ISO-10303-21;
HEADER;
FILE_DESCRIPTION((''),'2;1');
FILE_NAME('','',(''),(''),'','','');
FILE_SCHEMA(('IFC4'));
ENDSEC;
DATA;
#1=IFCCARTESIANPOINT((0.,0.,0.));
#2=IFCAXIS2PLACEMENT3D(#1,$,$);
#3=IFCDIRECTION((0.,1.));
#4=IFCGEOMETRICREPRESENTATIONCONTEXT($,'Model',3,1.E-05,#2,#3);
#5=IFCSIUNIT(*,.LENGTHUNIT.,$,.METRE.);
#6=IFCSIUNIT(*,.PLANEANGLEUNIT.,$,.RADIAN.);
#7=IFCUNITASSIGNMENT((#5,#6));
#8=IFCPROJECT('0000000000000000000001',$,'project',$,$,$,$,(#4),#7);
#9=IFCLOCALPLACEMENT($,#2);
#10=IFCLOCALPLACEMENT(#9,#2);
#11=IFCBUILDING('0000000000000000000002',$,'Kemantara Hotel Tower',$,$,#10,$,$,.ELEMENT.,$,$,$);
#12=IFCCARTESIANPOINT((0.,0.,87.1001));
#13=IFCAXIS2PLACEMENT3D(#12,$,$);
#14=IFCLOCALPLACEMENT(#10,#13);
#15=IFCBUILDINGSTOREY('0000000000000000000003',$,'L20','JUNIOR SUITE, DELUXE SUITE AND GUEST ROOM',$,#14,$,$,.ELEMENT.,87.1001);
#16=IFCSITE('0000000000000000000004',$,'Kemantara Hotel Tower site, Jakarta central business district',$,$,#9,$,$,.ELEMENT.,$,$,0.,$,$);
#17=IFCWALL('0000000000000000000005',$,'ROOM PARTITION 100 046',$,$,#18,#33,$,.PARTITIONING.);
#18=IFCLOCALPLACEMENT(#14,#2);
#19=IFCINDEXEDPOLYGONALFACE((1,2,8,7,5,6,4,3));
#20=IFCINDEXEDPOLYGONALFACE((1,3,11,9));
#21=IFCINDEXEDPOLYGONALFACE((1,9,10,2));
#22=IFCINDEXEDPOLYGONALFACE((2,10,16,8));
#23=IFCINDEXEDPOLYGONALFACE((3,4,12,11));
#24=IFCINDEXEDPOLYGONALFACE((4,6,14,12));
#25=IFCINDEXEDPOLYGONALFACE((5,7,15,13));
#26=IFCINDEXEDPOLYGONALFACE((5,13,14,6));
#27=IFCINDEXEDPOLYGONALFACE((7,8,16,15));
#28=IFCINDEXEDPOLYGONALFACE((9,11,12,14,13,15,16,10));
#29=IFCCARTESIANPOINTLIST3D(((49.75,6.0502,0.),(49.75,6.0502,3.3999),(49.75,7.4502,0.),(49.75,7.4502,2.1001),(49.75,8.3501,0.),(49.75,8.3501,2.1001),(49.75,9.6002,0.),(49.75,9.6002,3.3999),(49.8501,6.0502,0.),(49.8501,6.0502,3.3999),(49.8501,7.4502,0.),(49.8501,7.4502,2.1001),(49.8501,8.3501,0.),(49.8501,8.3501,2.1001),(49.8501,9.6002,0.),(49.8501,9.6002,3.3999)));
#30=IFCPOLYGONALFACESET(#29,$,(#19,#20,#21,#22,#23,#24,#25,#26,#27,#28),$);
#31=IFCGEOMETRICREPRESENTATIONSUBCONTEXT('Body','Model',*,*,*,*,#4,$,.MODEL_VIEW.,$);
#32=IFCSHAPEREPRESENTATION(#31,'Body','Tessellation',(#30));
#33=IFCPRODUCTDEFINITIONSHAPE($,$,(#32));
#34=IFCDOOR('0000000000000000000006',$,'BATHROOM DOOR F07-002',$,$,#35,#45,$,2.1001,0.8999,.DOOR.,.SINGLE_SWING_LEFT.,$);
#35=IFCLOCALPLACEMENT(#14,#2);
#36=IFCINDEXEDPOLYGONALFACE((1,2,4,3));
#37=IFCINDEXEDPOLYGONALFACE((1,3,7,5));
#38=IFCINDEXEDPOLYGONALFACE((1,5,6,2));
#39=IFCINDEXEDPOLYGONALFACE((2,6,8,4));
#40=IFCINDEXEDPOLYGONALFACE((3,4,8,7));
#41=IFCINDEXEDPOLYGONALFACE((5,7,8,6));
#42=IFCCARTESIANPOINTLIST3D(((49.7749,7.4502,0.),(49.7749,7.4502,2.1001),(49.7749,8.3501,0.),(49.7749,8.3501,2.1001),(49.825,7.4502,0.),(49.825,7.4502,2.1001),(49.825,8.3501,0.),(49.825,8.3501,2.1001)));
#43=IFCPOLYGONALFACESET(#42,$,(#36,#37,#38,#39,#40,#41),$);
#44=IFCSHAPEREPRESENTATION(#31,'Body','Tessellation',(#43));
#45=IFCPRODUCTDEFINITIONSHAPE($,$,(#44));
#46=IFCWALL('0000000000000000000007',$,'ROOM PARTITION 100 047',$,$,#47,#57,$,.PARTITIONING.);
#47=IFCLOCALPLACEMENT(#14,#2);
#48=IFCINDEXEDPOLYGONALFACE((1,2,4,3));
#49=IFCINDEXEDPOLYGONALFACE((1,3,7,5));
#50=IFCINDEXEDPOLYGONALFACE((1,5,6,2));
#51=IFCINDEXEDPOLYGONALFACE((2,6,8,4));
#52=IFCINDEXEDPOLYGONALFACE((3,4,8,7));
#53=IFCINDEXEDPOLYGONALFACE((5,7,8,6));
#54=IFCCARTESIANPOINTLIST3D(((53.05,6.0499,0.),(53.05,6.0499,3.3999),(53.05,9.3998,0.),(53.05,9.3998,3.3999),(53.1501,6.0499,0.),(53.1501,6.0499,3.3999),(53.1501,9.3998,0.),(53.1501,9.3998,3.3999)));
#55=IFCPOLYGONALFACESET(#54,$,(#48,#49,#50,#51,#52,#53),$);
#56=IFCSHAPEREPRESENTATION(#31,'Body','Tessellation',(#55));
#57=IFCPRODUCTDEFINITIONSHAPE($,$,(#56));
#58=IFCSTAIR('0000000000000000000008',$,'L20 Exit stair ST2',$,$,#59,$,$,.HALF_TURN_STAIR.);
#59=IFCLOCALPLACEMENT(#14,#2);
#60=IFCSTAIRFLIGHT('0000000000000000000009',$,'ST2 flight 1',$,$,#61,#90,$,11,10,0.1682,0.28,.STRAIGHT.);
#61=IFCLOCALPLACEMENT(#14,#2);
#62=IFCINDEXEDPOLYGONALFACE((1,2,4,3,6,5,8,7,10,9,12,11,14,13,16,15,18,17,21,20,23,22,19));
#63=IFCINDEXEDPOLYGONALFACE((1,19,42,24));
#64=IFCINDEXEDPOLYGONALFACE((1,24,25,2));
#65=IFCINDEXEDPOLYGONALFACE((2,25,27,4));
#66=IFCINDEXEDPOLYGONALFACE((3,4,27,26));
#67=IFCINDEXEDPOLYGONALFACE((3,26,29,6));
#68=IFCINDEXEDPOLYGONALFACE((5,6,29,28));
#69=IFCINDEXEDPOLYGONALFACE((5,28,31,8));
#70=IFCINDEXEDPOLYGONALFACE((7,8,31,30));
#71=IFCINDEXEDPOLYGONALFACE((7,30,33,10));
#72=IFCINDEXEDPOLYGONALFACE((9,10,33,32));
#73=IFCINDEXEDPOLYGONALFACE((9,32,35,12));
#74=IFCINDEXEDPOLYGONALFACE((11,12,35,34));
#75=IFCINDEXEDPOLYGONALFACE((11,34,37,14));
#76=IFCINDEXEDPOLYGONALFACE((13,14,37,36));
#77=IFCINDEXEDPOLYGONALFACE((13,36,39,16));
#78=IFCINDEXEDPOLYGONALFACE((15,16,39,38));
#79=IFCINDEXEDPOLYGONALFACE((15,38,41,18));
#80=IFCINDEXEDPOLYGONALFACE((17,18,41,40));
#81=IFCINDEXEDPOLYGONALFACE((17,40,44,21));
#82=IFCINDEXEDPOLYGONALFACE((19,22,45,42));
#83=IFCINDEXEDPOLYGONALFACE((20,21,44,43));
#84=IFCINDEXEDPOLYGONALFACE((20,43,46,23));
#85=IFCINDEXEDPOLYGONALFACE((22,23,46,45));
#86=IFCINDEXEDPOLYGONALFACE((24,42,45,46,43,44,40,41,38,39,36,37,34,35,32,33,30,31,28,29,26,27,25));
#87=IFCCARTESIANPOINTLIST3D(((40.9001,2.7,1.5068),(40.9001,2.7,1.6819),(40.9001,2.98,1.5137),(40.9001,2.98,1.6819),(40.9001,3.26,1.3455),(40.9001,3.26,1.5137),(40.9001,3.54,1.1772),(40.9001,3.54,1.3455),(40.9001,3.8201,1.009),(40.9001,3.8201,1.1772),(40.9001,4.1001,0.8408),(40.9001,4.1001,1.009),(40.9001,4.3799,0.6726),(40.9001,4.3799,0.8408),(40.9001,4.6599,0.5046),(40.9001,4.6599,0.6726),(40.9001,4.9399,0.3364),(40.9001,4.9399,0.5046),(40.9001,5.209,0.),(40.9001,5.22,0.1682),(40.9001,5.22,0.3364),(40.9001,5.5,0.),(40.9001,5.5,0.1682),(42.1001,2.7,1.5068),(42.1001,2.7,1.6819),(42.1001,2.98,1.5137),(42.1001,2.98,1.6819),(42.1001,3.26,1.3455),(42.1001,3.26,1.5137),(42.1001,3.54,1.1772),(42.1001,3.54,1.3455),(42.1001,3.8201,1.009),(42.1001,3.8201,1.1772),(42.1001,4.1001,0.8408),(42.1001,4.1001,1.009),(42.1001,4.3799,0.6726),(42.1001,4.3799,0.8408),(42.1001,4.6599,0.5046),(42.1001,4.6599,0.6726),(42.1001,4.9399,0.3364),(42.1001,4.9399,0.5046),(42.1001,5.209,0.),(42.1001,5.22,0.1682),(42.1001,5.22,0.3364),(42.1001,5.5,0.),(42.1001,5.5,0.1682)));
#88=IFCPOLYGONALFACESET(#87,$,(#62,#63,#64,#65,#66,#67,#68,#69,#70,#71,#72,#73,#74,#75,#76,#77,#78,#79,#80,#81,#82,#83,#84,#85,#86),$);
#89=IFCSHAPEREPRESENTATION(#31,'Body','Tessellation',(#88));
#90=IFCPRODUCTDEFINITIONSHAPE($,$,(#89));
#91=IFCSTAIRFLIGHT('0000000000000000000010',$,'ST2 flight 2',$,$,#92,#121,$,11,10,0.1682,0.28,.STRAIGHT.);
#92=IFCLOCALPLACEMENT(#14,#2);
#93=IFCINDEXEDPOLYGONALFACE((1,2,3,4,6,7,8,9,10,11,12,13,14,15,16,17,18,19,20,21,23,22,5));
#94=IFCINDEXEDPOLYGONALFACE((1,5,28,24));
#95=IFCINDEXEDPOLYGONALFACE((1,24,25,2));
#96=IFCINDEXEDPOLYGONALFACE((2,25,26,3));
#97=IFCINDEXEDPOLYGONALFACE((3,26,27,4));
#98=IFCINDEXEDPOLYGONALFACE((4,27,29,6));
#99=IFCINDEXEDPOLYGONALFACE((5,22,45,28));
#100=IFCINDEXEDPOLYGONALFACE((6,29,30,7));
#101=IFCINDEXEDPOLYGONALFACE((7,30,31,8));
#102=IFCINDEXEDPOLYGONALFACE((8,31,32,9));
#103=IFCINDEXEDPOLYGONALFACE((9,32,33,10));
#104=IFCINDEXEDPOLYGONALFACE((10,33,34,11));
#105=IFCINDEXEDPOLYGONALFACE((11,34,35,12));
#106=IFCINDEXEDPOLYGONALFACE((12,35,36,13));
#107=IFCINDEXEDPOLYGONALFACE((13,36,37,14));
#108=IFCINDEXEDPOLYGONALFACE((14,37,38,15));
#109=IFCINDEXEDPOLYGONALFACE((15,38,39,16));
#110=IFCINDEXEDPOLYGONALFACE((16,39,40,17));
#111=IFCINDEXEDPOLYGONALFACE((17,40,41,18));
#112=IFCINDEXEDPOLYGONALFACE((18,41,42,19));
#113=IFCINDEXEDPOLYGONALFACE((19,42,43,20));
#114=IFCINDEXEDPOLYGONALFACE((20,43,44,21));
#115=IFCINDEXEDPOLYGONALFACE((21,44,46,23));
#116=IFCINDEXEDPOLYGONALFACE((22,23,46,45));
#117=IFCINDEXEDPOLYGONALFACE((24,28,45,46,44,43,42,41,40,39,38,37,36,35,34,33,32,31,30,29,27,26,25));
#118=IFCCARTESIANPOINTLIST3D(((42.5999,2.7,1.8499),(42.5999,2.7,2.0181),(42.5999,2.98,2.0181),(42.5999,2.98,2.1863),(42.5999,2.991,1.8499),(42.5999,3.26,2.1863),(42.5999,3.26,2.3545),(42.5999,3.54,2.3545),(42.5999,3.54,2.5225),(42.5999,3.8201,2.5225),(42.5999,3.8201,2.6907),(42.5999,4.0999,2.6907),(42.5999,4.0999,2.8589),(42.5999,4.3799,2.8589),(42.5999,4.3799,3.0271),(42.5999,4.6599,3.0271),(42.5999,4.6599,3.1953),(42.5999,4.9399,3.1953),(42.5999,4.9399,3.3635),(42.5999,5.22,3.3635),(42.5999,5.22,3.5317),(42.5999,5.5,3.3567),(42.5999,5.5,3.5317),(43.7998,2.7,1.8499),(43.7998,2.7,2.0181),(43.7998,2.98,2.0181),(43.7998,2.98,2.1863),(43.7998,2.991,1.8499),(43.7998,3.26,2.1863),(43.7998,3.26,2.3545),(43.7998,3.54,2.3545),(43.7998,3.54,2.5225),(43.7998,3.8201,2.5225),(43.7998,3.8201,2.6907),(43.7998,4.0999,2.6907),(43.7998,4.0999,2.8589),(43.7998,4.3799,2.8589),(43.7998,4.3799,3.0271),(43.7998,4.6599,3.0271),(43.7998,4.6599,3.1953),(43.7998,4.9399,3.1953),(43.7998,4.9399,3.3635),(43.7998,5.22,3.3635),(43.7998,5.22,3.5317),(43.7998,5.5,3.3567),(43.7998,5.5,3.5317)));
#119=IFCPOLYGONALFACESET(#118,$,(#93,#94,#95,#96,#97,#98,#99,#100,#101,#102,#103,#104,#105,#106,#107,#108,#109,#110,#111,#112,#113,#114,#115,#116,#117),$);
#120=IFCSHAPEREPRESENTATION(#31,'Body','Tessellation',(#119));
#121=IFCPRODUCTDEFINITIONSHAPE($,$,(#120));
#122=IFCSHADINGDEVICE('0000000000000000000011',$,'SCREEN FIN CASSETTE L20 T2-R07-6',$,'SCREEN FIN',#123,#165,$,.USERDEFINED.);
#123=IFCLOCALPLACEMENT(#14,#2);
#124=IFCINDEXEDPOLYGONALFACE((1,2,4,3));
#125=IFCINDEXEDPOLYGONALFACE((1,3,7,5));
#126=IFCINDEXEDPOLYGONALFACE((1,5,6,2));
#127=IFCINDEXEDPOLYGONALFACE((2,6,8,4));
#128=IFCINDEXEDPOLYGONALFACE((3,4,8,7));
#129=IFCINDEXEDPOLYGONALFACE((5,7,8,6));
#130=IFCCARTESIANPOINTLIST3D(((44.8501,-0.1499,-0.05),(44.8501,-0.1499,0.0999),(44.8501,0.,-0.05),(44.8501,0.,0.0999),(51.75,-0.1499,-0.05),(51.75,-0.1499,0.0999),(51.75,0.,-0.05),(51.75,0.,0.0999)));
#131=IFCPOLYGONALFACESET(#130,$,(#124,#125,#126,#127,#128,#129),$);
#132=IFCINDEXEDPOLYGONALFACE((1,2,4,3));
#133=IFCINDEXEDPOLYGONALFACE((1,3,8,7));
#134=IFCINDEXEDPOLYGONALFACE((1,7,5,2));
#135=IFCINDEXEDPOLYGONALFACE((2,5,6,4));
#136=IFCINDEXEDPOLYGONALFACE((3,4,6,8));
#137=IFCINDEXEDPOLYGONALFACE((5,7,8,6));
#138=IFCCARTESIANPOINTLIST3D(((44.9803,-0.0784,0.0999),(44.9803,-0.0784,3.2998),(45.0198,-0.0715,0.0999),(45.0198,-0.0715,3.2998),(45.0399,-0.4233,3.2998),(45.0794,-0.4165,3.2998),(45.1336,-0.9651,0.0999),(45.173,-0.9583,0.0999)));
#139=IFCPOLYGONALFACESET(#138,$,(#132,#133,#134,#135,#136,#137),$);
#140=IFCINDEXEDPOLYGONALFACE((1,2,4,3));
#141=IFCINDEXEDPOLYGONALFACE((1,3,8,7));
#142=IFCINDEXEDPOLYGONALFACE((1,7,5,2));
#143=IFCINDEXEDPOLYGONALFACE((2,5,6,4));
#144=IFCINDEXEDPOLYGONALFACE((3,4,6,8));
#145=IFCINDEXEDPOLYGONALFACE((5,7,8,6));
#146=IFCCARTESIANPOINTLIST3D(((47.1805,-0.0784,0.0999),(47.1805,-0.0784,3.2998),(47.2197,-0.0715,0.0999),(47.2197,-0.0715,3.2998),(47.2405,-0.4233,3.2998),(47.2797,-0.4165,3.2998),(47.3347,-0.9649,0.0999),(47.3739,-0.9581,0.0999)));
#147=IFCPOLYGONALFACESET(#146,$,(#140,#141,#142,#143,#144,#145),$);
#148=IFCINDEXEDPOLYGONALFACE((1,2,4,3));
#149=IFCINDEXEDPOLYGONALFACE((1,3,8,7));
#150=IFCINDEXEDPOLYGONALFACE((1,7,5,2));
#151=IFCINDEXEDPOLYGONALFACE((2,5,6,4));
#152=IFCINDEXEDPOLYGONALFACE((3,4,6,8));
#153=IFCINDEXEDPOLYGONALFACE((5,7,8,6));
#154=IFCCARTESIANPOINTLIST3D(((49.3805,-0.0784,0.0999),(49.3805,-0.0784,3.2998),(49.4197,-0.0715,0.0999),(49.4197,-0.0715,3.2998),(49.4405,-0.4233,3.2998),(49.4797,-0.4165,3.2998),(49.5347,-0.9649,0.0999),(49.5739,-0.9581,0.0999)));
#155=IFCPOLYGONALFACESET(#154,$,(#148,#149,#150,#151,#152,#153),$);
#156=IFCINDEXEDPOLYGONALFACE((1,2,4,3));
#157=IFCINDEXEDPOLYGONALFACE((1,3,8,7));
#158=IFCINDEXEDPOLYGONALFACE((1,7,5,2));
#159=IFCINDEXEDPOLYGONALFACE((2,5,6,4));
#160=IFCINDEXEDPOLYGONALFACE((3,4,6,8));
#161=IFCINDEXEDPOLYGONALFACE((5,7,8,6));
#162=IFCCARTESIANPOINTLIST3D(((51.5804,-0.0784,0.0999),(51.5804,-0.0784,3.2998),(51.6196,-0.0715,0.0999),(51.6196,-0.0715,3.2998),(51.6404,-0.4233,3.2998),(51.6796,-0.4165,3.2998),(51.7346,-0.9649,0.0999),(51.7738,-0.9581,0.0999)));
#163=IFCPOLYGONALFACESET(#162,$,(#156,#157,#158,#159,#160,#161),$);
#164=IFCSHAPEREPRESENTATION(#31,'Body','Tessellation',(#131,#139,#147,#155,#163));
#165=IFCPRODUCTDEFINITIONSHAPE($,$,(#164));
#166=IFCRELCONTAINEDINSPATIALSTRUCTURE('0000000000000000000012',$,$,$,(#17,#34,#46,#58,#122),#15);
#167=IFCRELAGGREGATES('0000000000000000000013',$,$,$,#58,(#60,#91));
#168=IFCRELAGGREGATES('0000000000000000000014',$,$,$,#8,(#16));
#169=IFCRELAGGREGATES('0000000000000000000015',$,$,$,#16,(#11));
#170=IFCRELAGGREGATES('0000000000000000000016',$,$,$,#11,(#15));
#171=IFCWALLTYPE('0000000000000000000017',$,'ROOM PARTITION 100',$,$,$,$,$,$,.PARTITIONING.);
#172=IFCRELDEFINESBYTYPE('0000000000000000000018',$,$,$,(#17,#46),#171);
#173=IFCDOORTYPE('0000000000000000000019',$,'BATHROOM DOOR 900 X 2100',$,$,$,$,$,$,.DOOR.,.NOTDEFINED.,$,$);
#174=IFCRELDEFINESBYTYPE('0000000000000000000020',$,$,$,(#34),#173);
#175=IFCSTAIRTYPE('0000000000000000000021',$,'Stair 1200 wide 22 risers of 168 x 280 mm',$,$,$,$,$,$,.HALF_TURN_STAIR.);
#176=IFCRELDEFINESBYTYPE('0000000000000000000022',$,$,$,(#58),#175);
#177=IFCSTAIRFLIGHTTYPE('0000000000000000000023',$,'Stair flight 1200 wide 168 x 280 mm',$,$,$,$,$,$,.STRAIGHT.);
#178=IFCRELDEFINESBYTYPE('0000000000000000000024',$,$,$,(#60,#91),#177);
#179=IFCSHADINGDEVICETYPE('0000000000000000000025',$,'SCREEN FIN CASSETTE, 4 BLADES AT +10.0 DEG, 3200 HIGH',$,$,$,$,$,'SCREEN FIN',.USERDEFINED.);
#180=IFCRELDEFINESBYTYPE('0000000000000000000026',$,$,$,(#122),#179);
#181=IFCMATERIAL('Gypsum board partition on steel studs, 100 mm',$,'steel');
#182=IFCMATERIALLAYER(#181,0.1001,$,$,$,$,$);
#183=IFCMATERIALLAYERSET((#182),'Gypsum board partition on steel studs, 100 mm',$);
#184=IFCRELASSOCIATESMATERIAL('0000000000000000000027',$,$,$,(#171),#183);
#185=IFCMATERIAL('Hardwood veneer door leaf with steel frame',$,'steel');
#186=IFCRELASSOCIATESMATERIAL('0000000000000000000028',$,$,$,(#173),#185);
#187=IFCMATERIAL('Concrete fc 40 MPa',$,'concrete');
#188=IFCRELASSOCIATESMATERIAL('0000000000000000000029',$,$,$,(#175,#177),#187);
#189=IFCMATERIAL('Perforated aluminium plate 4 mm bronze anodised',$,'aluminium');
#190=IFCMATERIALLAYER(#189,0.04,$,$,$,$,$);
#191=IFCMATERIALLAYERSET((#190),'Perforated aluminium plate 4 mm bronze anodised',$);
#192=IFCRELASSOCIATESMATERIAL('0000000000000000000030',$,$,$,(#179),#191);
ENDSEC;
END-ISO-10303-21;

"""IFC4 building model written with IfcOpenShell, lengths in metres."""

from ifc_helpers import new_model, si_unit, direction, frame, frame_2d, origin, origin_2d, place, context, subcontext, project, spatial, polyline, rectangle, outline, extrude, source, transform, mapped, material, layer, layer_set, type_object, element, fill, aggregate, save


model = new_model("IFC4")

# Units and contexts
model_context = context("Model", 3, precision=1e-05, world=origin(), true_north=direction((0.0, 1.0)))
body_context = subcontext(model_context, "Body", "Model", "MODEL_VIEW")
ifc_project = project(units=[si_unit("LENGTHUNIT", "METRE"), si_unit("PLANEANGLEUNIT", "RADIAN")], contexts=[model_context])

# Site, building, storey
site_placement = place(None, origin())
site = spatial("IfcSite", under=ifc_project, at=site_placement, Name="Kemantara Hotel Tower site, Jakarta central business district", CompositionType="ELEMENT", RefElevation=0.0)
building_placement = place(site_placement, origin())
building = spatial("IfcBuilding", under=site, at=building_placement, Name="Kemantara Hotel Tower", CompositionType="ELEMENT")
storey_placement = place(building_placement, frame((0.0, 0.0, 87.1001)))
storey = spatial("IfcBuildingStorey", under=building, at=storey_placement, Name="L20", Description="JUNIOR SUITE, DELUXE SUITE AND GUEST ROOM", CompositionType="ELEMENT", Elevation=87.1001)

# Shared definitions
ifc_material_1 = material(Name="Hardwood veneer door leaf with steel frame", Category="steel")

# Shared definitions
ifc_material_2 = material(Name="Gypsum board partition on steel studs, 100 mm", Category="steel")
ifc_layer_1 = layer(ifc_material_2, 0.1001)
ifc_layer_set_1 = layer_set([ifc_layer_1], Name="Gypsum board partition on steel studs, 100 mm")
wall_type_1 = type_object("IfcWallType", Name="ROOM PARTITION 100", PredefinedType="PARTITIONING", material=ifc_layer_set_1)

# Wall, opening, door
wall_1_placement = place(storey_placement, frame((49.8, 9.6001, 0.0), z_axis=(0.0, 0.0, 1.0), x_axis=(0.0, -1.0, 0.0)))
wall_1 = element("IfcWall", 1, at=wall_1_placement, inside=storey, type_object=wall_type_1, Name="ROOM PARTITION 100 046", PredefinedType="PARTITIONING", context=body_context, shape_type="SweptSolid", body=[
    extrude(rectangle(XDim=3.55, YDim=0.1001, at=frame_2d((1.7749, 0.0))), origin(), (0.0, 0.0, 1.0), 3.3999),
])
opening_1_placement = place(wall_1_placement, frame((1.25, 0.0, 0.0)))
opening_1 = element("IfcOpeningElement", 2, at=opening_1_placement, cuts=wall_1, PredefinedType="OPENING", context=body_context, shape_type="SweptSolid", body=[
    extrude(rectangle(XDim=0.8999, YDim=2.1001, at=frame_2d((0.45, 1.05))), frame((0.0, 0.0601, 0.0), z_axis=(0.0, -1.0, 0.0), x_axis=(1.0, 0.0, 0.0)), (0.0, 0.0, 1.0), 0.1201),
])
door_type_1 = type_object("IfcDoorType", Name="BATHROOM DOOR 900 X 2100", OperationType="NOTDEFINED", PredefinedType="DOOR", material=ifc_material_1)
door_1_placement = place(opening_1_placement, origin())
door_1 = element("IfcDoor", 3, at=door_1_placement, inside=storey, type_object=door_type_1, Name="BATHROOM DOOR F07-002", OperationType="SINGLE_SWING_LEFT", OverallHeight=2.1001, OverallWidth=0.8999, PredefinedType="DOOR", context=body_context, shape_type="SweptSolid", body=[
    extrude(rectangle(XDim=0.8999, YDim=2.1001, at=frame_2d((0.45, 1.05))), frame((0.0, 0.0249, 0.0), z_axis=(0.0, -1.0, 0.0), x_axis=(1.0, 0.0, 0.0)), (0.0, 0.0, 1.0), 0.05),
])
fill(opening_1, door_1)

# Wall
wall_2_placement = place(storey_placement, frame((53.1001, 6.05, 0.0), z_axis=(0.0, 0.0, 1.0), x_axis=(0.0, 1.0, 0.0)))
element("IfcWall", 4, at=wall_2_placement, inside=storey, type_object=wall_type_1, Name="ROOM PARTITION 100 047", PredefinedType="PARTITIONING", context=body_context, shape_type="SweptSolid", body=[
    extrude(rectangle(XDim=3.3499, YDim=0.1001, at=frame_2d((1.6748, 0.0))), origin(), (0.0, 0.0, 1.0), 3.3999),
])

# Stair, stair flights
ifc_material_3 = material(Name="Concrete fc 40 MPa", Category="concrete")
stair_type = type_object("IfcStairType", Name="Stair 1200 wide 22 risers of 168 x 280 mm", PredefinedType="HALF_TURN_STAIR", material=ifc_material_3)
stair_placement = place(storey_placement, origin())
stair = element("IfcStair", 5, at=stair_placement, inside=storey, type_object=stair_type, Name="L20 Exit stair ST2", PredefinedType="HALF_TURN_STAIR")
stair_flight_type = type_object("IfcStairFlightType", Name="Stair flight 1200 wide 168 x 280 mm", PredefinedType="STRAIGHT", material=ifc_material_3)
stair_flight_1_placement = place(storey_placement, frame((41.5, 5.5, 0.0), z_axis=(0.0, 0.0, 1.0), x_axis=(0.0, -1.0, 0.0)))
stair_flight_1 = element("IfcStairFlight", 6, at=stair_flight_1_placement, type_object=stair_flight_type, Name="ST2 flight 1", NumberOfRisers=11, NumberOfTreads=10, PredefinedType="STRAIGHT", RiserHeight=0.1682, TreadLength=0.28, context=body_context, shape_type="SweptSolid", body=[
    extrude(outline(polyline([(0.0, 0.0), (0.0, 0.1682), (0.28, 0.1682), (0.28, 0.3364), (0.5601, 0.3364), (0.5601, 0.5046), (0.8401, 0.5046), (0.8401, 0.6726), (1.1201, 0.6726), (1.1201, 0.8408), (1.3999, 0.8408), (1.3999, 1.009), (1.6799, 1.009), (1.6799, 1.1772), (1.96, 1.1772), (1.96, 1.3455), (2.24, 1.3455), (2.24, 1.5137), (2.52, 1.5137), (2.52, 1.6819), (2.8, 1.6819), (2.8, 1.8501), (2.8, 1.5068), (0.291, 0.0), (0.0, 0.0)])), frame((0.0, 0.6001, 0.0), z_axis=(0.0, -1.0, 0.0), x_axis=(1.0, 0.0, 0.0)), (0.0, 0.0, 1.0), 1.2),
])
stair_flight_2_placement = place(storey_placement, frame((43.2, 2.7, 1.8499), z_axis=(0.0, 0.0, 1.0), x_axis=(0.0, 1.0, 0.0)))
stair_flight_2 = element("IfcStairFlight", 7, at=stair_flight_2_placement, type_object=stair_flight_type, Name="ST2 flight 2", NumberOfRisers=11, NumberOfTreads=10, PredefinedType="STRAIGHT", RiserHeight=0.1682, TreadLength=0.28, context=body_context, shape_type="SweptSolid", body=[
    extrude(outline(polyline([(0.0, 0.0), (0.0, 0.1682), (0.28, 0.1682), (0.28, 0.3364), (0.5601, 0.3364), (0.5601, 0.5046), (0.8401, 0.5046), (0.8401, 0.6726), (1.1201, 0.6726), (1.1201, 0.8408), (1.3999, 0.8408), (1.3999, 1.009), (1.6799, 1.009), (1.6799, 1.1772), (1.96, 1.1772), (1.96, 1.3455), (2.24, 1.3455), (2.24, 1.5137), (2.52, 1.5137), (2.52, 1.6819), (2.8, 1.6819), (2.8, 1.8501), (2.8, 1.5068), (0.291, 0.0), (0.0, 0.0)])), frame((0.0, 0.6001, 0.0), z_axis=(0.0, -1.0, 0.0), x_axis=(1.0, 0.0, 0.0)), (0.0, 0.0, 1.0), 1.2),
])
aggregate(stair, [stair_flight_1, stair_flight_2])

# Shading device
ifc_material_4 = material(Name="Perforated aluminium plate 4 mm bronze anodised", Category="aluminium")
ifc_layer_2 = layer(ifc_material_4, 0.04)
ifc_layer_set_2 = layer_set([ifc_layer_2], Name="Perforated aluminium plate 4 mm bronze anodised")
shading_device_type_1 = type_object("IfcShadingDeviceType", Name="SCREEN FIN CASSETTE, 4 BLADES AT +10.0 DEG, 3200 HIGH", ElementType="SCREEN FIN", PredefinedType="USERDEFINED", material=ifc_layer_set_2)
shared_shape_1 = source(origin(), body_context, "Body", "SweptSolid", [
    extrude(rectangle(XDim=6.8999, YDim=0.1499, at=origin_2d()), frame((3.3, -0.075, -0.1499), z_axis=(0.0, 0.0, 1.0), x_axis=(1.0, 0.0, 0.0)), (0.0, 0.0, 1.0), 0.1499),
    extrude(outline(polyline([(0.0, 0.0), (0.8999, 0.0), (0.3501, 3.2), (0.0, 3.2), (0.0, 0.0)])), frame((0.0198, -0.0715, 0.0), z_axis=(-0.98539, -0.170314, 0.0), x_axis=(0.170314, -0.98539, 0.0)), (0.0, 0.0, 1.0), 0.04),
    extrude(outline(polyline([(0.0, 0.0), (0.8999, 0.0), (0.3501, 3.2), (0.0, 3.2), (0.0, 0.0)])), frame((2.2197, -0.0715, 0.0), z_axis=(-0.985212, -0.171341, 0.0), x_axis=(0.171341, -0.985212, 0.0)), (0.0, 0.0, 1.0), 0.0398),
    extrude(outline(polyline([(0.0, 0.0), (0.8999, 0.0), (0.3501, 3.2), (0.0, 3.2), (0.0, 0.0)])), frame((4.4197, -0.0715, 0.0), z_axis=(-0.985212, -0.171341, 0.0), x_axis=(0.171341, -0.985212, 0.0)), (0.0, 0.0, 1.0), 0.0398),
    extrude(outline(polyline([(0.0, 0.0), (0.8999, 0.0), (0.3501, 3.2), (0.0, 3.2), (0.0, 0.0)])), frame((6.6196, -0.0715, 0.0), z_axis=(-0.985212, -0.171341, 0.0), x_axis=(0.171341, -0.985212, 0.0)), (0.0, 0.0, 1.0), 0.0398),
])
shading_device_1_placement = place(storey_placement, frame((45.0, 0.0, 0.0999), z_axis=(0.0, 0.0, 1.0), x_axis=(1.0, 0.0, 0.0)))
element("IfcShadingDevice", 8, at=shading_device_1_placement, inside=storey, type_object=shading_device_type_1, Name="SCREEN FIN CASSETTE L20 T2-R07-6", ObjectType="SCREEN FIN", PredefinedType="USERDEFINED", context=body_context, shape_type="MappedRepresentation", body=[
    mapped(shared_shape_1, transform((0.0, 0.0, 0.0))),
])

save(model, "model.ifc")
